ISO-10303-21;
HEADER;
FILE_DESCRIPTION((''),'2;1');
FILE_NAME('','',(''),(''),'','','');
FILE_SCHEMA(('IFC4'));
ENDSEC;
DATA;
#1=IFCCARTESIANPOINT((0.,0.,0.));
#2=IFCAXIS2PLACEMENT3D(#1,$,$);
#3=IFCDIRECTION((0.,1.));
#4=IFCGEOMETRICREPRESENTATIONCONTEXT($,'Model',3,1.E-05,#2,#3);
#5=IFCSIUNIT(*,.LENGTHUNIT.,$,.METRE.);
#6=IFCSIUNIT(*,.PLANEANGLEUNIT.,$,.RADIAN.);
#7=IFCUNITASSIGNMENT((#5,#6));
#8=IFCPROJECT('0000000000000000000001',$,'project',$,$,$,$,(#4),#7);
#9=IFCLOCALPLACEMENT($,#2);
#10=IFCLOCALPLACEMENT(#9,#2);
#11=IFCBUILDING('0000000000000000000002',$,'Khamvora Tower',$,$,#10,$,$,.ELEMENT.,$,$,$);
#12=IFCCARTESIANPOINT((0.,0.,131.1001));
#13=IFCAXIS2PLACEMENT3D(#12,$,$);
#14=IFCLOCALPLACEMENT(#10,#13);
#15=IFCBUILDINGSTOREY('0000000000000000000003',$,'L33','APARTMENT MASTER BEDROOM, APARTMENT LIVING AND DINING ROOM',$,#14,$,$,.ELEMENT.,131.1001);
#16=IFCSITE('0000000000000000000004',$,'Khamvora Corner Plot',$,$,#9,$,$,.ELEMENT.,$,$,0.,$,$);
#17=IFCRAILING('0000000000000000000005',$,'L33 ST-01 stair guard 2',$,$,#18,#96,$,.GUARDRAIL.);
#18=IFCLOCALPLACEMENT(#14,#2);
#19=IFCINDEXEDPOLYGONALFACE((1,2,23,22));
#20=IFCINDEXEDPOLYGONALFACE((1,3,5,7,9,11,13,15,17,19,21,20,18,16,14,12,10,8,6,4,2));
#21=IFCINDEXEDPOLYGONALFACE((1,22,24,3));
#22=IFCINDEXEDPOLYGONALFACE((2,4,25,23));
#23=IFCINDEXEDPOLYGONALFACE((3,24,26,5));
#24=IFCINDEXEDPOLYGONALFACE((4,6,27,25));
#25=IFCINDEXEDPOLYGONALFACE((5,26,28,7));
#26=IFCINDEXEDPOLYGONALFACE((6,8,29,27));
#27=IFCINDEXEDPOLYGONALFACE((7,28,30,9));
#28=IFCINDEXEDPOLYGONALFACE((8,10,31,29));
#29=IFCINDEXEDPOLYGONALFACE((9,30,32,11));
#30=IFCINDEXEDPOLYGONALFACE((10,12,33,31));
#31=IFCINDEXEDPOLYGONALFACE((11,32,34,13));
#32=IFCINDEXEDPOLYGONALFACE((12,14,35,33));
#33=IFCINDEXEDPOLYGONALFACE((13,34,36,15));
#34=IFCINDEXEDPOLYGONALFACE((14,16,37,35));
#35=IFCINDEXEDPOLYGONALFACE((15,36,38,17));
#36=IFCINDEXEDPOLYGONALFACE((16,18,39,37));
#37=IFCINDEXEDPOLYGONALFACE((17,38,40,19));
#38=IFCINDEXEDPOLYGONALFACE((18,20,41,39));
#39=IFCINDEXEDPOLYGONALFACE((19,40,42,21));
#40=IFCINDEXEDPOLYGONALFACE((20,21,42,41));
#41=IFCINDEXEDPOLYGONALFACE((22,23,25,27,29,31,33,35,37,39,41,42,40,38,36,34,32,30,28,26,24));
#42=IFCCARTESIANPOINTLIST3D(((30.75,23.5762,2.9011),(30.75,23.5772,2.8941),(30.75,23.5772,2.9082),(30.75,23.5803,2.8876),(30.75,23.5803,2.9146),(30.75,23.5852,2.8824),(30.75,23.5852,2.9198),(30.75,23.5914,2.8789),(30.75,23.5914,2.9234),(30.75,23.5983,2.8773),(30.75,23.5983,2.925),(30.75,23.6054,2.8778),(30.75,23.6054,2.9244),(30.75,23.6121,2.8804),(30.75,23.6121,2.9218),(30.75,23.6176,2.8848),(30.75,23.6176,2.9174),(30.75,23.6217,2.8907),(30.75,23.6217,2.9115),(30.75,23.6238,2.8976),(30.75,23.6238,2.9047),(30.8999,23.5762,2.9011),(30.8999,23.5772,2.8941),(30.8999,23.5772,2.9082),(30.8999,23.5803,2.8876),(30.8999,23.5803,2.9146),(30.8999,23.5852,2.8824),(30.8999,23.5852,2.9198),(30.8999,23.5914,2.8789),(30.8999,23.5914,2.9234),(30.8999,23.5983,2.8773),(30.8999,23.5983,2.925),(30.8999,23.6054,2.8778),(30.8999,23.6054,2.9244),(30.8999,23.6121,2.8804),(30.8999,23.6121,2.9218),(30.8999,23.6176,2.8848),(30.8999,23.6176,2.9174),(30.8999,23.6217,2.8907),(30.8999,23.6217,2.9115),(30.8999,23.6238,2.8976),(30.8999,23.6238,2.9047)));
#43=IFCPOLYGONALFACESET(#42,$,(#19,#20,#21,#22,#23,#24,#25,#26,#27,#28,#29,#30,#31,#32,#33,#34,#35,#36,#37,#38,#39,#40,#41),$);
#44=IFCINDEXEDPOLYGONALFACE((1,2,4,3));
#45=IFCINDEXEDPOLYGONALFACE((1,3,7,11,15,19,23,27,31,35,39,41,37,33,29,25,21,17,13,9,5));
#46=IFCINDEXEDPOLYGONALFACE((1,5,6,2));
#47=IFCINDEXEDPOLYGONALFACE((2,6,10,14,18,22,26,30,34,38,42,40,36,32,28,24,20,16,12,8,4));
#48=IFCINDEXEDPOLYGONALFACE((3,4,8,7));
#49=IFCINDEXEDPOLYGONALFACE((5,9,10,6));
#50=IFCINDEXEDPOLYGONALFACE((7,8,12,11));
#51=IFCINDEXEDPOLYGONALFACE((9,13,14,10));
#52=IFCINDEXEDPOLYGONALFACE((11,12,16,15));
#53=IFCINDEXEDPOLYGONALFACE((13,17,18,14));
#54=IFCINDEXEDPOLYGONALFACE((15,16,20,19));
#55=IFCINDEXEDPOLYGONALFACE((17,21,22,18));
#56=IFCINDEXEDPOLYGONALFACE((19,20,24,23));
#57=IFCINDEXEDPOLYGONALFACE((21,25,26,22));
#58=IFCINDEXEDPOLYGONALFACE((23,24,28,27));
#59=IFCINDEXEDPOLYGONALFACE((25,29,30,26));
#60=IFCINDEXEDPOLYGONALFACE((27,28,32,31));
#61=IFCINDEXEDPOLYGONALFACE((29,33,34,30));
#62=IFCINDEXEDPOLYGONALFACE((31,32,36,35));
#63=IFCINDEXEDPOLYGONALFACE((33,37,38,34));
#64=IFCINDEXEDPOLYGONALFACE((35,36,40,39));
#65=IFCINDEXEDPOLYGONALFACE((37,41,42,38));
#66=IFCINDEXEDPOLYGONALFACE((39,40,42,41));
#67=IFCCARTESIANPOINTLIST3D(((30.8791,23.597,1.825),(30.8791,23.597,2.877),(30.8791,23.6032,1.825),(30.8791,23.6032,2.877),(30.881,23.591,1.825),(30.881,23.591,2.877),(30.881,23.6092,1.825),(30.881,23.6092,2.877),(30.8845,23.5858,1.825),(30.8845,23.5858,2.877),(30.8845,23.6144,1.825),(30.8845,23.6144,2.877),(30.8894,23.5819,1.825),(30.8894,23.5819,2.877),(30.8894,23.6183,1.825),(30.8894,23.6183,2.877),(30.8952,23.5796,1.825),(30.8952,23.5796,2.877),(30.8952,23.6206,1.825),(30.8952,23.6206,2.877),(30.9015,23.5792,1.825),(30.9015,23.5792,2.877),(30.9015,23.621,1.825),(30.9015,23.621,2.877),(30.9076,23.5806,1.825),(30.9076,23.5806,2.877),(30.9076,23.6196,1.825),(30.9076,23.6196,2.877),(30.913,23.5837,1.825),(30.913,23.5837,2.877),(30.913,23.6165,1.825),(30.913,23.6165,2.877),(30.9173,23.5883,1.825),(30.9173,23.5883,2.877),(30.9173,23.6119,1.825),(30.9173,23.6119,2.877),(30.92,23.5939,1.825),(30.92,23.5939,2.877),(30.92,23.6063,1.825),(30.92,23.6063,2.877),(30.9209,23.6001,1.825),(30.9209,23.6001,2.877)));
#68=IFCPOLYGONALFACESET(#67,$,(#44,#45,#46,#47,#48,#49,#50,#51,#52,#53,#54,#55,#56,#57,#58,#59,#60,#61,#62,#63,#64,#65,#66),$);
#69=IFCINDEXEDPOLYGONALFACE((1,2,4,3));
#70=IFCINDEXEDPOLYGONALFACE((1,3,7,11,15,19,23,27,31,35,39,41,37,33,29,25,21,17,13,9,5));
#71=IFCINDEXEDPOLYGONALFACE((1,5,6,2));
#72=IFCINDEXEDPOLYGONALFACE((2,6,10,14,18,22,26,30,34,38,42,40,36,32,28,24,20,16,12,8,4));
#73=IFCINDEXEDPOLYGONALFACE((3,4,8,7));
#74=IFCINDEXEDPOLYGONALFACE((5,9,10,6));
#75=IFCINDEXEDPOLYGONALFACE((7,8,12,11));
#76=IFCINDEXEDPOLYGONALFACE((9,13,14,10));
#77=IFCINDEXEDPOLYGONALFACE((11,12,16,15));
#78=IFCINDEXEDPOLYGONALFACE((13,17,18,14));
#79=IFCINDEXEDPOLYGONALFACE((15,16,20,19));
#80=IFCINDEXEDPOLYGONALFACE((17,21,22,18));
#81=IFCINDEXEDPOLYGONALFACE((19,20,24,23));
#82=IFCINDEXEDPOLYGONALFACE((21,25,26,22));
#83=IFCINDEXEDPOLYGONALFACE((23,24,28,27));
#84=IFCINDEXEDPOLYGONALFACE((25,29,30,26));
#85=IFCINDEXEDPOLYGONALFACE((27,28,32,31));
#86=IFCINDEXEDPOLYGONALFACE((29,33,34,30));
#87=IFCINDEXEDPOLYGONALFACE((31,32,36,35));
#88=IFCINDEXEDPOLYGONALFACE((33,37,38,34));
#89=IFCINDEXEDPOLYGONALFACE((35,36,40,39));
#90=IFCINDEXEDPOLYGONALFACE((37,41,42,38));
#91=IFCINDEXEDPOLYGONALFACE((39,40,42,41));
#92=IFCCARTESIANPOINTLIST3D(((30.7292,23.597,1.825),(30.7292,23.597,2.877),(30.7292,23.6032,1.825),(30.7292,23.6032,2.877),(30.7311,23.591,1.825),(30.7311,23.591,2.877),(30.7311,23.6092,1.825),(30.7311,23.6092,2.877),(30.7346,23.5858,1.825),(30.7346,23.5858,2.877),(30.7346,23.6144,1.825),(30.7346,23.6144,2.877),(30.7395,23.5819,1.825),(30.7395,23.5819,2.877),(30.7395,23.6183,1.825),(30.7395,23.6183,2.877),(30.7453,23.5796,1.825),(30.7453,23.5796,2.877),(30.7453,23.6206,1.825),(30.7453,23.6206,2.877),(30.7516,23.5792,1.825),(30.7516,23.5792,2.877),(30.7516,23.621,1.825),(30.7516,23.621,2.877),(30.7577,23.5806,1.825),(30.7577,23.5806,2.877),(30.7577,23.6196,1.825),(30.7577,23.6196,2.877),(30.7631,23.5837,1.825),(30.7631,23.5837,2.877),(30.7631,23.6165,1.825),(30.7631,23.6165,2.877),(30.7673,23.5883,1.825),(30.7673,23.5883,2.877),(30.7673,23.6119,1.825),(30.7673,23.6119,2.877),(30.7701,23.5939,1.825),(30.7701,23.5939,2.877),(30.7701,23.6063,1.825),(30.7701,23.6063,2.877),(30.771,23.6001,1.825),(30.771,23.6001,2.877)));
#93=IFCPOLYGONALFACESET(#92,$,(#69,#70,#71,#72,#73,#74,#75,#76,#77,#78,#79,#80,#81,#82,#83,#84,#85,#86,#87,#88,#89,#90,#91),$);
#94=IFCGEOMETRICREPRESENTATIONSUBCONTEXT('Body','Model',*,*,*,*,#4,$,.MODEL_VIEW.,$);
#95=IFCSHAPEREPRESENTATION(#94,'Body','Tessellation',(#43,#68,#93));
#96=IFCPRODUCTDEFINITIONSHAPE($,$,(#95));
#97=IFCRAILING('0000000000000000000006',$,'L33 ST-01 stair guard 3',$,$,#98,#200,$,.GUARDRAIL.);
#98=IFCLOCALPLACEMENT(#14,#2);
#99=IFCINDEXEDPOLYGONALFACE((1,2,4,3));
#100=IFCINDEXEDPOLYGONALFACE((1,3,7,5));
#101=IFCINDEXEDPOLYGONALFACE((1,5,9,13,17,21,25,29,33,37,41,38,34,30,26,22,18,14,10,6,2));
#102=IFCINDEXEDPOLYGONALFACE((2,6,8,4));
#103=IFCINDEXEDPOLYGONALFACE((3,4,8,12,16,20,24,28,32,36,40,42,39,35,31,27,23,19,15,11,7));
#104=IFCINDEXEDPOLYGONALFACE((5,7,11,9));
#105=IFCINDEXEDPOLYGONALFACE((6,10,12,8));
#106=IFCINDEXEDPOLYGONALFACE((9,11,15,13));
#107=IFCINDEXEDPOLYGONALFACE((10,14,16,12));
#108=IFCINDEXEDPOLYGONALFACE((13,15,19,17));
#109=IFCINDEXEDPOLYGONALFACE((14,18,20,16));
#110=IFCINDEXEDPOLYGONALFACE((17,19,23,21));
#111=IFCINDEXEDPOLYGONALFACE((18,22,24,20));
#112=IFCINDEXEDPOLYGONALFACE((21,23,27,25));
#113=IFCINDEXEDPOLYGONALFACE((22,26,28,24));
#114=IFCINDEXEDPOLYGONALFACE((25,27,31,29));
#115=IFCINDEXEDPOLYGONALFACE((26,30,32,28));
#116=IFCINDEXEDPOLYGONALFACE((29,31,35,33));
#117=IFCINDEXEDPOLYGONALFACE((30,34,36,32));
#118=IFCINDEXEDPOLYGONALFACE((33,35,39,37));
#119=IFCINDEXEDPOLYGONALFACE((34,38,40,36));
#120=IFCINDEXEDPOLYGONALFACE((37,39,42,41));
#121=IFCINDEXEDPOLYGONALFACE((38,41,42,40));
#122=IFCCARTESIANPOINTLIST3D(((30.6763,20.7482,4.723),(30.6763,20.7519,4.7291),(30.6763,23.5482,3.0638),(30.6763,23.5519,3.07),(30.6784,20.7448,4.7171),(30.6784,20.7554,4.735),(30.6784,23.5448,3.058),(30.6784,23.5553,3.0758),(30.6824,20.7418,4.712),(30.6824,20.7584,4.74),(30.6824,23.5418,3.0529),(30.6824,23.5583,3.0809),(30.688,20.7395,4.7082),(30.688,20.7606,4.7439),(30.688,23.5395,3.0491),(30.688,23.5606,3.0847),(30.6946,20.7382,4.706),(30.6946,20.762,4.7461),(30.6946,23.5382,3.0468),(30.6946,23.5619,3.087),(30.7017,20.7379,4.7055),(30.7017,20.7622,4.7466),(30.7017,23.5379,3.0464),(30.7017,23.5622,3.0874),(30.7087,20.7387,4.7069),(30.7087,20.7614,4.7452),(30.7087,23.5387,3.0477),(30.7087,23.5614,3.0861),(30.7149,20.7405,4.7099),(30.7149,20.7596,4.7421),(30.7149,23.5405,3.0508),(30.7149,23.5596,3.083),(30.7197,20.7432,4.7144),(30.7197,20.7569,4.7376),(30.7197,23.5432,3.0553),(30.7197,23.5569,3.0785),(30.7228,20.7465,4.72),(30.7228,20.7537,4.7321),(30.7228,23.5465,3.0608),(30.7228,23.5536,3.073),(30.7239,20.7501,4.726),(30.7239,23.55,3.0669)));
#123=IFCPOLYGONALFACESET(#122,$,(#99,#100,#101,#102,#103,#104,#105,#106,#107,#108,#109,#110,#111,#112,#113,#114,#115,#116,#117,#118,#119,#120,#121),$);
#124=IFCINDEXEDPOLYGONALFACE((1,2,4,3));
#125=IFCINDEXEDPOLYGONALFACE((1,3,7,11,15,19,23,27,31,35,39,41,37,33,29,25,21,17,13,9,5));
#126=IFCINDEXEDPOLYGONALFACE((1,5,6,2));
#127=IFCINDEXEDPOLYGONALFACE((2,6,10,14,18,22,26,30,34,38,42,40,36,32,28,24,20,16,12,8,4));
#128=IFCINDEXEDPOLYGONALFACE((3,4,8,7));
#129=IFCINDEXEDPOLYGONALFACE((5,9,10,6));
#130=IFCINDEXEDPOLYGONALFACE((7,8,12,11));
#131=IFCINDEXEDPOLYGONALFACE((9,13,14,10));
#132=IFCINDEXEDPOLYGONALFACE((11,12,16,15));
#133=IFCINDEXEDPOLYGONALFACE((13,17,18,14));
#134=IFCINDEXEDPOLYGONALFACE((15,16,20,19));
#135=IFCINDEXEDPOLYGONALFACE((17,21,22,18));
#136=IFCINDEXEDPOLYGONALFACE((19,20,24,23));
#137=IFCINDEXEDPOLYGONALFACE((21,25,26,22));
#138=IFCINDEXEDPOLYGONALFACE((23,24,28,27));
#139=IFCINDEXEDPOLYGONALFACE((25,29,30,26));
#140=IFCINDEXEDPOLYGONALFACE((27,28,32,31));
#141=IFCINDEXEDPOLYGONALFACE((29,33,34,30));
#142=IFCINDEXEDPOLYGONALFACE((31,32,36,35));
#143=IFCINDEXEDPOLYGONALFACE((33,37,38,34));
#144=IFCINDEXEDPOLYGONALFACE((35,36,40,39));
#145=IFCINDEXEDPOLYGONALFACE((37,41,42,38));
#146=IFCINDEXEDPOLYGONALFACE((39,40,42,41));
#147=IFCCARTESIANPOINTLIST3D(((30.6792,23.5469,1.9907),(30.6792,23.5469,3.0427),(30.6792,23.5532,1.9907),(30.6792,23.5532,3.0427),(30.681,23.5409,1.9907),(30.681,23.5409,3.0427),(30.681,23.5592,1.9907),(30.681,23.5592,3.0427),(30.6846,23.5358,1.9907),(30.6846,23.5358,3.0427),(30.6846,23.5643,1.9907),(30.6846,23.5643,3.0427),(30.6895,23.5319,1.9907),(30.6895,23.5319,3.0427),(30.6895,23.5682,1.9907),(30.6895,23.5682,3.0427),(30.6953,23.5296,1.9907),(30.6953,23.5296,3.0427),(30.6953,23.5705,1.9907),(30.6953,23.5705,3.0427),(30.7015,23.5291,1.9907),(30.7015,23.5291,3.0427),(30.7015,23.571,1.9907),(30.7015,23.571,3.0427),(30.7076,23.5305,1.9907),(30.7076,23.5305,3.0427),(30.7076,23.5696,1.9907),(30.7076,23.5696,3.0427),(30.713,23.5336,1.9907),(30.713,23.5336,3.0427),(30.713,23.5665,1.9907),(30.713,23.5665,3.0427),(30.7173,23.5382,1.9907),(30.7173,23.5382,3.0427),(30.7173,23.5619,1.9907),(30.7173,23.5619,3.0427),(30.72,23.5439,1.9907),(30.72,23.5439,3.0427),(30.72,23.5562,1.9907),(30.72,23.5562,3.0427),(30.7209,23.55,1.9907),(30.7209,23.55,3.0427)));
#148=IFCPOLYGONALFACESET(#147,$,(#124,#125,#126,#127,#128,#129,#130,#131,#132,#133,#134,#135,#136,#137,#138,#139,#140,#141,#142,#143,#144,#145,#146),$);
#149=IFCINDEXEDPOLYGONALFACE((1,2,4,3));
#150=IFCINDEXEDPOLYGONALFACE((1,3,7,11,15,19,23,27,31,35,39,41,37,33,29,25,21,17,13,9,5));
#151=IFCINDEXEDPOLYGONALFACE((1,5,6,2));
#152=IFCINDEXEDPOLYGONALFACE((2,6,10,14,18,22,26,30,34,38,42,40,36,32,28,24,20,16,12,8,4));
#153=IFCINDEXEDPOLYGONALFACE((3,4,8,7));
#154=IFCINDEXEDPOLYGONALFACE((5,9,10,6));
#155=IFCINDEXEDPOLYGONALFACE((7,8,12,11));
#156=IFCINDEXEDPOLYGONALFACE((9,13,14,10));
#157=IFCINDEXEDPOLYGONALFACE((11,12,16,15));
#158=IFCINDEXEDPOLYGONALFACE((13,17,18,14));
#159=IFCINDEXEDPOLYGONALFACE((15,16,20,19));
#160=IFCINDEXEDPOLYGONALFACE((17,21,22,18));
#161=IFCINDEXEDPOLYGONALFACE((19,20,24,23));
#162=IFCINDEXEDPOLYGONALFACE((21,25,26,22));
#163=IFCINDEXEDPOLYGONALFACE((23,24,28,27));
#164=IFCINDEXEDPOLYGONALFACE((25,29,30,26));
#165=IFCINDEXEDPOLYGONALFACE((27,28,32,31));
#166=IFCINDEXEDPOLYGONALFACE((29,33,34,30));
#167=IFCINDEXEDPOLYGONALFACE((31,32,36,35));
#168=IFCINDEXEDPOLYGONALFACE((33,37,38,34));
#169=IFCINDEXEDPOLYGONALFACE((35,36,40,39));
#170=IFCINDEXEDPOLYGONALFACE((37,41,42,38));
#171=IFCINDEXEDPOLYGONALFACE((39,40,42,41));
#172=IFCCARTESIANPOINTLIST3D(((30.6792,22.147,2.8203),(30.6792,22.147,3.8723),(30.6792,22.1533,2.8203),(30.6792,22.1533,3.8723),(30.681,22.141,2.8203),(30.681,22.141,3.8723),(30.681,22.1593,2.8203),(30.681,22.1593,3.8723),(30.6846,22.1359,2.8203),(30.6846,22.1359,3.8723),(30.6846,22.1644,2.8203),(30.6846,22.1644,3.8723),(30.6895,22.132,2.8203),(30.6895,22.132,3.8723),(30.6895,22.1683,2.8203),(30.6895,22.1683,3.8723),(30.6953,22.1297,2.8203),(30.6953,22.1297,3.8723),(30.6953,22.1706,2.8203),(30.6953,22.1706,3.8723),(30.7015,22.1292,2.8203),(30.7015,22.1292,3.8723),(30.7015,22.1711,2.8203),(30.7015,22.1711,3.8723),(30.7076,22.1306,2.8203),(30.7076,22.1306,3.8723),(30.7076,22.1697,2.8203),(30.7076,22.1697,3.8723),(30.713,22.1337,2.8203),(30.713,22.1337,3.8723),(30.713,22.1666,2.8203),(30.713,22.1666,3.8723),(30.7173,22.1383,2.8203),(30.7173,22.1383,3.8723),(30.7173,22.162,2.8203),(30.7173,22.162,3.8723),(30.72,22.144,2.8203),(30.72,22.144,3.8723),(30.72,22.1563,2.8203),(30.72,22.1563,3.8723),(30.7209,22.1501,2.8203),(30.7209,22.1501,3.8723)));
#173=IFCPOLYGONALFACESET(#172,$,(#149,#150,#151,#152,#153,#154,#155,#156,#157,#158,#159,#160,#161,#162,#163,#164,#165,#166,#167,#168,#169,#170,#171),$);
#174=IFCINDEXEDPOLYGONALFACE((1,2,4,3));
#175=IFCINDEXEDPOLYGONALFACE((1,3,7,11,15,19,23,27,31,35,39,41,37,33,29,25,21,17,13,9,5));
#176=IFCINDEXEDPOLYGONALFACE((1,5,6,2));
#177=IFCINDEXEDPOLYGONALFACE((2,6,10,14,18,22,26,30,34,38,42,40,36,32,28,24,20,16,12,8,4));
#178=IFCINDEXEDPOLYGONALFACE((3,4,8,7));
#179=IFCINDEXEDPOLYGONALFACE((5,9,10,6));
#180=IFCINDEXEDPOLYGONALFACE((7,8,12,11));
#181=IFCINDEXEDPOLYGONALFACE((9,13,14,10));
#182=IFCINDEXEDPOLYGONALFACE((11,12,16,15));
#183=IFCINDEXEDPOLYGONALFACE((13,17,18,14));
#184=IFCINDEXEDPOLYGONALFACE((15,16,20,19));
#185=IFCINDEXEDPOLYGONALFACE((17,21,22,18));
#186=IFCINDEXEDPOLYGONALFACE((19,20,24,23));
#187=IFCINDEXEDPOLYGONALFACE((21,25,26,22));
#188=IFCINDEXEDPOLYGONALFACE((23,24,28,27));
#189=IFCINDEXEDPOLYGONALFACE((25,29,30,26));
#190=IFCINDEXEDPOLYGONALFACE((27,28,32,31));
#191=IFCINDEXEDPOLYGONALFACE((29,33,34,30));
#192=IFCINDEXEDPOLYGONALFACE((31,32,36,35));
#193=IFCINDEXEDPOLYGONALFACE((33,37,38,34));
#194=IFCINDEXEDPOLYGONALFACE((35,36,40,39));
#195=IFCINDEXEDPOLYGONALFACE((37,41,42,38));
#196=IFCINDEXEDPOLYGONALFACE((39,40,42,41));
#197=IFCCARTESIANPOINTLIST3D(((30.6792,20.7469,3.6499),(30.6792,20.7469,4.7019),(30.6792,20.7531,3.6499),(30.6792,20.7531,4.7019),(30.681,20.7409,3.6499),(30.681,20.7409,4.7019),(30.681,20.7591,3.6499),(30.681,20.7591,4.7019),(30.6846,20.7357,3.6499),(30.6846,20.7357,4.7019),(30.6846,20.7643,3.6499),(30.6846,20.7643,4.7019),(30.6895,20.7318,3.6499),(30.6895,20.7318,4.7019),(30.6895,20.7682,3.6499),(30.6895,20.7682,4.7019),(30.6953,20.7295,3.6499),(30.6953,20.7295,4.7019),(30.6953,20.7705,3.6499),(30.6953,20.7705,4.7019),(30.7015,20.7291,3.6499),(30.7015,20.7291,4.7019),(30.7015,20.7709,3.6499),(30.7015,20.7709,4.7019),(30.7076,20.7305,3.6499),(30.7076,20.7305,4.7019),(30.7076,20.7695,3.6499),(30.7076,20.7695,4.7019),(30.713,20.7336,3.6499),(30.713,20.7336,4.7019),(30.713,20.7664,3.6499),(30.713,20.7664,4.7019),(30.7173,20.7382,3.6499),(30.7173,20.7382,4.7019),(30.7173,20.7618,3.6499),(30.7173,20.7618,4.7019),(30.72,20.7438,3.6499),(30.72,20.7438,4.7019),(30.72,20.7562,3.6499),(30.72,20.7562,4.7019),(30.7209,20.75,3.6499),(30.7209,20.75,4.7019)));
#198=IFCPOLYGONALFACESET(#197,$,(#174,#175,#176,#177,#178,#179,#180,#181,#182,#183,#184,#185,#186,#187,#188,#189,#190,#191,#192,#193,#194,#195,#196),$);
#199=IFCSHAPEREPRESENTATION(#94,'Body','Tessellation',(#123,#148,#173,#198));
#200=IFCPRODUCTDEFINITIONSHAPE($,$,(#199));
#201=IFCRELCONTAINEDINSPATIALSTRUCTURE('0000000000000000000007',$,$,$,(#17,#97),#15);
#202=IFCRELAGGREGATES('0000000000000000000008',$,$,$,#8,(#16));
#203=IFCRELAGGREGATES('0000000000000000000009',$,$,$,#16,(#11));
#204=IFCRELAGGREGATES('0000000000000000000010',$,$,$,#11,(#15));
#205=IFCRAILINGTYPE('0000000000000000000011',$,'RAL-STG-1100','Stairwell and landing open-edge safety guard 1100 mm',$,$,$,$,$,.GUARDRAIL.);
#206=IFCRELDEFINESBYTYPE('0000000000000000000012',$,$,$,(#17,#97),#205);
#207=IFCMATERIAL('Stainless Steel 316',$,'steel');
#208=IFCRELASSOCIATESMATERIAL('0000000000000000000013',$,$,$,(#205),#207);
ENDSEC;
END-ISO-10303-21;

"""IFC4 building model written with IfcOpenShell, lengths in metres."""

from ifc_helpers import new_model, si_unit, direction, frame, origin, origin_2d, place, context, subcontext, project, spatial, circle, extrude, material, type_object, element, save


model = new_model("IFC4")

# Units and contexts
model_context = context("Model", 3, precision=1e-05, world=origin(), true_north=direction((0.0, 1.0)))
body_context = subcontext(model_context, "Body", "Model", "MODEL_VIEW")
ifc_project = project(units=[si_unit("LENGTHUNIT", "METRE"), si_unit("PLANEANGLEUNIT", "RADIAN")], contexts=[model_context])

# Site, building, storey
site_placement = place(None, origin())
site = spatial("IfcSite", under=ifc_project, at=site_placement, Name="Khamvora Corner Plot", CompositionType="ELEMENT", RefElevation=0.0)
building_placement = place(site_placement, origin())
building = spatial("IfcBuilding", under=site, at=building_placement, Name="Khamvora Tower", CompositionType="ELEMENT")
storey_placement = place(building_placement, frame((0.0, 0.0, 131.1001)))
storey = spatial("IfcBuildingStorey", under=building, at=storey_placement, Name="L33", Description="APARTMENT MASTER BEDROOM, APARTMENT LIVING AND DINING ROOM", CompositionType="ELEMENT", Elevation=131.1001)

# Railings
ifc_material_1 = material(Name="Stainless Steel 316", Category="steel")
railing_type_1 = type_object("IfcRailingType", Name="RAL-STG-1100", Description="Stairwell and landing open-edge safety guard 1100 mm", PredefinedType="GUARDRAIL", material=ifc_material_1)
railing_1_placement = place(storey_placement, frame((30.8999, 23.6001, 1.825)))
element("IfcRailing", 1, at=railing_1_placement, inside=storey, type_object=railing_type_1, Name="L33 ST-01 stair guard 2", PredefinedType="GUARDRAIL", context=body_context, shape_type="SweptSolid", body=[
    extrude(circle(Radius=0.0239, at=origin_2d()), frame((0.0, 0.0, 1.0762), z_axis=(-1.0, 0.0, 0.0), x_axis=(0.0, -1.0, 0.0)), (0.0, 0.0, 1.0), 0.1499),
    extrude(circle(Radius=0.021, at=origin_2d()), origin(), (0.0, 0.0, 1.0), 1.052),
    extrude(circle(Radius=0.021, at=origin_2d()), frame((-0.1499, 0.0, 0.0)), (0.0, 0.0, 1.0), 1.052),
])
railing_2_placement = place(storey_placement, frame((30.7, 23.55, 1.9907)))
element("IfcRailing", 2, at=railing_2_placement, inside=storey, type_object=railing_type_1, Name="L33 ST-01 stair guard 3", PredefinedType="GUARDRAIL", context=body_context, shape_type="SweptSolid", body=[
    extrude(circle(Radius=0.0239, at=origin_2d()), frame((0.0, 0.0, 1.0762), z_axis=(0.0, -0.860306, 0.509778), x_axis=(1.0, 0.0, 0.0)), (0.0, 0.0, 1.0), 3.2546),
    extrude(circle(Radius=0.021, at=origin_2d()), origin(), (0.0, 0.0, 1.0), 1.052),
    extrude(circle(Radius=0.021, at=origin_2d()), frame((0.0, -1.3999, 0.8296)), (0.0, 0.0, 1.0), 1.052),
    extrude(circle(Radius=0.021, at=origin_2d()), frame((0.0, -2.8, 1.6592)), (0.0, 0.0, 1.0), 1.052),
])

save(model, "model.ifc")
